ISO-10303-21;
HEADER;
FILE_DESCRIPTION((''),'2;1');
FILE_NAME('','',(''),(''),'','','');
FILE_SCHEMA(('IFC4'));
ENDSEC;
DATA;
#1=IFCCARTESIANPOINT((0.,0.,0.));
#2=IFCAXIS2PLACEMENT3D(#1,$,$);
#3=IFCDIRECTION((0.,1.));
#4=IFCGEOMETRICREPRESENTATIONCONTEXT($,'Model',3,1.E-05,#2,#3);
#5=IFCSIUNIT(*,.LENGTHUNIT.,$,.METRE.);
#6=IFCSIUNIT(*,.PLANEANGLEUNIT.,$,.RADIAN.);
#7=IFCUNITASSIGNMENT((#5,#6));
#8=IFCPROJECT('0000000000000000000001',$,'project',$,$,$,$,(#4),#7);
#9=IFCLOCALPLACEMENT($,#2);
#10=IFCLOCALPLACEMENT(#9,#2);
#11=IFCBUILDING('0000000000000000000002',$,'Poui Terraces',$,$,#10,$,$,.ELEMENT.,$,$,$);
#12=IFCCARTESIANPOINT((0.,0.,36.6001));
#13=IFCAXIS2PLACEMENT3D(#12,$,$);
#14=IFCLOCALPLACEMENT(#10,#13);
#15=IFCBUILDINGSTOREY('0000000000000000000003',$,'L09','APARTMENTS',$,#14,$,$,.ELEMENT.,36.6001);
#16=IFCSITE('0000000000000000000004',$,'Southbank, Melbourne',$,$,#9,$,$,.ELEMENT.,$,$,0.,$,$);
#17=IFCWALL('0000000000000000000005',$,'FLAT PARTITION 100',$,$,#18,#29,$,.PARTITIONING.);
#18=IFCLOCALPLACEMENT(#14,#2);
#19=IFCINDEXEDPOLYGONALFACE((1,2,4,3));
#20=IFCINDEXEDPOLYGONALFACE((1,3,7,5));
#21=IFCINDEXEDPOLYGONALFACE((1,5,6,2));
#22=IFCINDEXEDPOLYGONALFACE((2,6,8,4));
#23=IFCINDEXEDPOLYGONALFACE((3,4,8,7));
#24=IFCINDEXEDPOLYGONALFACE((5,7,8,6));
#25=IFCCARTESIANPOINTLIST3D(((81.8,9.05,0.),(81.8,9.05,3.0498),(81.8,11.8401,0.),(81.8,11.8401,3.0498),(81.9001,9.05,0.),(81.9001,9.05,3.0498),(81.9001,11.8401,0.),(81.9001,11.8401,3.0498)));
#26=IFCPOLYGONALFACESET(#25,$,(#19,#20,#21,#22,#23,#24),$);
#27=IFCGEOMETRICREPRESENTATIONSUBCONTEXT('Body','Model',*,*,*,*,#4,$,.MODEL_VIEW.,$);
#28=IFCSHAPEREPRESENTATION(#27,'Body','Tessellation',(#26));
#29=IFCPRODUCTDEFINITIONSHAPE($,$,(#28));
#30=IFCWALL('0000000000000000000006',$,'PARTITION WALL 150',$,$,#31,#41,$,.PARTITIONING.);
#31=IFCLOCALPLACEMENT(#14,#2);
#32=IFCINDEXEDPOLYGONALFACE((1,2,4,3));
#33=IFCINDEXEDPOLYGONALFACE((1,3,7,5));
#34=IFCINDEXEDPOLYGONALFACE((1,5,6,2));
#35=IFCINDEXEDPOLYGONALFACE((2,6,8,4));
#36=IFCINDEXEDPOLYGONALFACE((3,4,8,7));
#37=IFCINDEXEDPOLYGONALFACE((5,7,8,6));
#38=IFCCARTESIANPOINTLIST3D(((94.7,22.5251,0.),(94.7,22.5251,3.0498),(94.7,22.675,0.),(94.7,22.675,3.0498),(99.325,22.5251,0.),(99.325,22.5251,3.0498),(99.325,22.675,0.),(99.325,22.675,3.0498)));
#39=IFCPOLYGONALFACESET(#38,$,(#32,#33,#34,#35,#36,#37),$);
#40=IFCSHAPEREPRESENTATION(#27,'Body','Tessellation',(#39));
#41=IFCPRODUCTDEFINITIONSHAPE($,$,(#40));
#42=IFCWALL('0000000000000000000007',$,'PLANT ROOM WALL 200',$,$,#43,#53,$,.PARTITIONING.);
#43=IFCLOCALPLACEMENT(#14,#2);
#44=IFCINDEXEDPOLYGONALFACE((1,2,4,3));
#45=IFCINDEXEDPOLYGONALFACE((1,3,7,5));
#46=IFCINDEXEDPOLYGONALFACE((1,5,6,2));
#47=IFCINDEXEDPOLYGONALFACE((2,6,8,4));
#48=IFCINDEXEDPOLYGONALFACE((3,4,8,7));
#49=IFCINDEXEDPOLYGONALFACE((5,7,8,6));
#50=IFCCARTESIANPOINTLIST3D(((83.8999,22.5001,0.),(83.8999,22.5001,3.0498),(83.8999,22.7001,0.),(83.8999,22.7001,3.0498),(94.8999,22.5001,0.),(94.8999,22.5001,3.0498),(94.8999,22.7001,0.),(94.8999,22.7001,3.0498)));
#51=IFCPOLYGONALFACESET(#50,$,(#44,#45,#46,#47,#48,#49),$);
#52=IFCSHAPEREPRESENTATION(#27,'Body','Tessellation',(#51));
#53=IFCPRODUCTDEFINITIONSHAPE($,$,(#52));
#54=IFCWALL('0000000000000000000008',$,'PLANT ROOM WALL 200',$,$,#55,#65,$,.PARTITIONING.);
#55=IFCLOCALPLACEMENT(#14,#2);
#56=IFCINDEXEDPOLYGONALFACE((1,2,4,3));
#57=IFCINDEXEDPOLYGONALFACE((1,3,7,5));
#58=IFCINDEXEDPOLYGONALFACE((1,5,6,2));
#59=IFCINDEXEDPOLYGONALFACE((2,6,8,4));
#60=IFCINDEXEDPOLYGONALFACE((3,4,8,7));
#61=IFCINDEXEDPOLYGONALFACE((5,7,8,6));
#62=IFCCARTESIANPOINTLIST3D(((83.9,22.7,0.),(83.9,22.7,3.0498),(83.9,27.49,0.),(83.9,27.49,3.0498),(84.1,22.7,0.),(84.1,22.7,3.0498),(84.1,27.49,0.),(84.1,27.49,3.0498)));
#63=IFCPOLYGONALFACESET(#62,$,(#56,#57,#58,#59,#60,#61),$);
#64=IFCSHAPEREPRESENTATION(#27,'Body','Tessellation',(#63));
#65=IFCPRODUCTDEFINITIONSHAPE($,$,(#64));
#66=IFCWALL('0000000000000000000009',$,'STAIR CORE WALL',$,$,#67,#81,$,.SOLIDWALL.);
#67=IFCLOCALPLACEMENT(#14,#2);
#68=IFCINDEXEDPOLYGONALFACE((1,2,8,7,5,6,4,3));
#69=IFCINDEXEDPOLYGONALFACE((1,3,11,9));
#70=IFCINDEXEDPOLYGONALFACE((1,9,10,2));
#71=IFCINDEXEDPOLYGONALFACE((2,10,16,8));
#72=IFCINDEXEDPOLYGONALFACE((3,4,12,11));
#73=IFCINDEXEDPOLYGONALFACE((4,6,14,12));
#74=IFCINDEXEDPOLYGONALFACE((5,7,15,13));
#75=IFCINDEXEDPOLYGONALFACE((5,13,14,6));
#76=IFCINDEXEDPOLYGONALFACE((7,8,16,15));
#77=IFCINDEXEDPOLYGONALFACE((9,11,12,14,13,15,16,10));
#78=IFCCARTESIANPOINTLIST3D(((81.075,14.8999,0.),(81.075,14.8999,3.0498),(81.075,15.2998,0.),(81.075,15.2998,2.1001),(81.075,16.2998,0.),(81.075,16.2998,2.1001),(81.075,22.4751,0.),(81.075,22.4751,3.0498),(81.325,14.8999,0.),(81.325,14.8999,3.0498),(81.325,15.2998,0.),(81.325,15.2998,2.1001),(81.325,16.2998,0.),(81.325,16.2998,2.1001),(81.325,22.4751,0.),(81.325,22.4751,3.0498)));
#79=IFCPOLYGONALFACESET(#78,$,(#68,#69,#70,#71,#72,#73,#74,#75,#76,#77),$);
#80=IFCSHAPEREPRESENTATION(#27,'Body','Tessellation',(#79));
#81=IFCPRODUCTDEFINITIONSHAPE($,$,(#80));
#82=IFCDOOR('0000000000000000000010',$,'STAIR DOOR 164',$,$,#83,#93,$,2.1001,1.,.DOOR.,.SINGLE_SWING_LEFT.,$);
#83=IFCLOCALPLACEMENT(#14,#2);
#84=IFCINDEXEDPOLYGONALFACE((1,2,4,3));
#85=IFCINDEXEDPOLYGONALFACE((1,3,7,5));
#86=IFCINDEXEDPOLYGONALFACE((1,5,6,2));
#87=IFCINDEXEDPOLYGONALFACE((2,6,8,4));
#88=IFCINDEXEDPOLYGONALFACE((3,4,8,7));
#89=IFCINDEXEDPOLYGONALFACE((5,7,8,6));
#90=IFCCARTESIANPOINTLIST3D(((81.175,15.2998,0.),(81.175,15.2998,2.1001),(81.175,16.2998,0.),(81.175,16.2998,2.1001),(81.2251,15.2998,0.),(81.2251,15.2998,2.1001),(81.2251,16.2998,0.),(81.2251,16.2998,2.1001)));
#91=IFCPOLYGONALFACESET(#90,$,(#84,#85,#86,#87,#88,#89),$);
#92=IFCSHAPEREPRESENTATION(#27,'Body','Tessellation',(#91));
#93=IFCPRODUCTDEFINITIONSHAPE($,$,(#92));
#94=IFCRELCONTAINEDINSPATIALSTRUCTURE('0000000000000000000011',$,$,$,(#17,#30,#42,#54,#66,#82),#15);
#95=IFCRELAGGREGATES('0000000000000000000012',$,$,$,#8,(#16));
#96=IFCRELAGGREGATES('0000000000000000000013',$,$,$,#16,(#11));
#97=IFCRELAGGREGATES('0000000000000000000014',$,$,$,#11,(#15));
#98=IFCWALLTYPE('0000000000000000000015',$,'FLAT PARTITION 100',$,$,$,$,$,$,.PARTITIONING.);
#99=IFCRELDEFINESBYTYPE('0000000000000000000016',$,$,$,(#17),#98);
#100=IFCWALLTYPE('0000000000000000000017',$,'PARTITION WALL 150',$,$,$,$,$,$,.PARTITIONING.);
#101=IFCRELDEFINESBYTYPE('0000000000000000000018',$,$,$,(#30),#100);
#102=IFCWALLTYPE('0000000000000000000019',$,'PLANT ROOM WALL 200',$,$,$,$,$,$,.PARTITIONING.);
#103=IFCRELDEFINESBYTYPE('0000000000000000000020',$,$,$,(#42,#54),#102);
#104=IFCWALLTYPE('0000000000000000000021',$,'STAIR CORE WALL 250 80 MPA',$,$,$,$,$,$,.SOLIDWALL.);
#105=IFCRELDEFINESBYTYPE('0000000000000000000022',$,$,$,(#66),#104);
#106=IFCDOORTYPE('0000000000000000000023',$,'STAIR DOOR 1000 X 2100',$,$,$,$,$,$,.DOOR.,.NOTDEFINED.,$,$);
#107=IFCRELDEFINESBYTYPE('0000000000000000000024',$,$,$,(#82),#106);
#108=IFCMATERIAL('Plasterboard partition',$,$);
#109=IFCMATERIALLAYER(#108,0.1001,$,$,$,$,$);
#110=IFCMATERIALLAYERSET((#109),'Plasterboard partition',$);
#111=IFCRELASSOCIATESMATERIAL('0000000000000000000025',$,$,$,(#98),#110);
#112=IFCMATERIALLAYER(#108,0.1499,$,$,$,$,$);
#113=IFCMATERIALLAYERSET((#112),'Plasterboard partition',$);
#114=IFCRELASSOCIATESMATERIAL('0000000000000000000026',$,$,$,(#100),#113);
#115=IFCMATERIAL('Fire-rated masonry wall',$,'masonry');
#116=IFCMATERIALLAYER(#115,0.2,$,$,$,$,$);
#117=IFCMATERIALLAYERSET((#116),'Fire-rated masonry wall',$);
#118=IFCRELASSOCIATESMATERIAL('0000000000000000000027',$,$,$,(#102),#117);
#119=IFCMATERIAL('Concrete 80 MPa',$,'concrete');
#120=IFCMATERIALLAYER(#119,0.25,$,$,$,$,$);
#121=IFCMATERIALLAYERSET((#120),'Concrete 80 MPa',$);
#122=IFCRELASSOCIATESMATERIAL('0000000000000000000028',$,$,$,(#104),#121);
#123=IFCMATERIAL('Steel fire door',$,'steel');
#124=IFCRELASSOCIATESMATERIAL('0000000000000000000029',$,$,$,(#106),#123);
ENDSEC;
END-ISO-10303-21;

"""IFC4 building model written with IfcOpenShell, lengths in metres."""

from ifc_helpers import new_model, si_unit, direction, frame, frame_2d, origin, place, context, subcontext, project, spatial, rectangle, extrude, material, layer, layer_set, type_object, element, fill, save


model = new_model("IFC4")

# Units and contexts
model_context = context("Model", 3, precision=1e-05, world=origin(), true_north=direction((0.0, 1.0)))
body_context = subcontext(model_context, "Body", "Model", "MODEL_VIEW")
ifc_project = project(units=[si_unit("LENGTHUNIT", "METRE"), si_unit("PLANEANGLEUNIT", "RADIAN")], contexts=[model_context])

# Site, building, storey
site_placement = place(None, origin())
site = spatial("IfcSite", under=ifc_project, at=site_placement, Name="Southbank, Melbourne", CompositionType="ELEMENT", RefElevation=0.0)
building_placement = place(site_placement, origin())
building = spatial("IfcBuilding", under=site, at=building_placement, Name="Poui Terraces", CompositionType="ELEMENT")
storey_placement = place(building_placement, frame((0.0, 0.0, 36.6001)))
storey = spatial("IfcBuildingStorey", under=building, at=storey_placement, Name="L09", Description="APARTMENTS", CompositionType="ELEMENT", Elevation=36.6001)

# Shared definitions
ifc_material_1 = material(Name="Concrete 80 MPa", Category="concrete")

# Shared definitions
ifc_material_2 = material(Name="Steel fire door", Category="steel")
ifc_material_3 = material(Name="Plasterboard partition")
ifc_layer_1 = layer(ifc_material_3, 0.1001)
ifc_layer_set_1 = layer_set([ifc_layer_1], Name="Plasterboard partition")
wall_type_1 = type_object("IfcWallType", Name="FLAT PARTITION 100", PredefinedType="PARTITIONING", material=ifc_layer_set_1)

# Walls
wall_1_placement = place(storey_placement, frame((81.8501, 9.05, 0.0), z_axis=(0.0, 0.0, 1.0), x_axis=(0.0, 1.0, 0.0)))
element("IfcWall", 1, at=wall_1_placement, inside=storey, type_object=wall_type_1, Name="FLAT PARTITION 100", PredefinedType="PARTITIONING", context=body_context, shape_type="SweptSolid", body=[
    extrude(rectangle(XDim=2.79, YDim=0.1001, at=frame_2d((1.395, 0.0))), origin(), (0.0, 0.0, 1.0), 3.0498),
])
ifc_layer_2 = layer(ifc_material_3, 0.1499)
ifc_layer_set_2 = layer_set([ifc_layer_2], Name="Plasterboard partition")
wall_type_2 = type_object("IfcWallType", Name="PARTITION WALL 150", PredefinedType="PARTITIONING", material=ifc_layer_set_2)
wall_2_placement = place(storey_placement, frame((94.7, 22.6001, 0.0), z_axis=(0.0, 0.0, 1.0), x_axis=(1.0, 0.0, 0.0)))
element("IfcWall", 2, at=wall_2_placement, inside=storey, type_object=wall_type_2, Name="PARTITION WALL 150", PredefinedType="PARTITIONING", context=body_context, shape_type="SweptSolid", body=[
    extrude(rectangle(XDim=4.625, YDim=0.1499, at=frame_2d((2.3125, 0.0))), origin(), (0.0, 0.0, 1.0), 3.0498),
])
ifc_material_4 = material(Name="Fire-rated masonry wall", Category="masonry")
ifc_layer_3 = layer(ifc_material_4, 0.2)
ifc_layer_set_3 = layer_set([ifc_layer_3], Name="Fire-rated masonry wall")
wall_type_3 = type_object("IfcWallType", Name="PLANT ROOM WALL 200", PredefinedType="PARTITIONING", material=ifc_layer_set_3)
wall_3_placement = place(storey_placement, frame((83.8999, 22.6001, 0.0), z_axis=(0.0, 0.0, 1.0), x_axis=(1.0, 0.0, 0.0)))
element("IfcWall", 3, at=wall_3_placement, inside=storey, type_object=wall_type_3, Name="PLANT ROOM WALL 200", PredefinedType="PARTITIONING", context=body_context, shape_type="SweptSolid", body=[
    extrude(rectangle(XDim=11.0, YDim=0.2, at=frame_2d((5.5, 0.0))), origin(), (0.0, 0.0, 1.0), 3.0498),
])
wall_4_placement = place(storey_placement, frame((84.0, 22.7, 0.0), z_axis=(0.0, 0.0, 1.0), x_axis=(0.0, 1.0, 0.0)))
element("IfcWall", 4, at=wall_4_placement, inside=storey, type_object=wall_type_3, Name="PLANT ROOM WALL 200", PredefinedType="PARTITIONING", context=body_context, shape_type="SweptSolid", body=[
    extrude(rectangle(XDim=4.79, YDim=0.2, at=frame_2d((2.395, 0.0))), origin(), (0.0, 0.0, 1.0), 3.0498),
])

# Wall, opening, door
ifc_layer_4 = layer(ifc_material_1, 0.25)
ifc_layer_set_4 = layer_set([ifc_layer_4], Name="Concrete 80 MPa")
wall_type_4 = type_object("IfcWallType", Name="STAIR CORE WALL 250 80 MPA", PredefinedType="SOLIDWALL", material=ifc_layer_set_4)
wall_5_placement = place(storey_placement, frame((81.2, 14.8999, 0.0), z_axis=(0.0, 0.0, 1.0), x_axis=(0.0, 1.0, 0.0)))
wall_5 = element("IfcWall", 5, at=wall_5_placement, inside=storey, type_object=wall_type_4, Name="STAIR CORE WALL", PredefinedType="SOLIDWALL", context=body_context, shape_type="SweptSolid", body=[
    extrude(rectangle(XDim=7.5752, YDim=0.25, at=frame_2d((3.7876, 0.0))), origin(), (0.0, 0.0, 1.0), 3.0498),
])
opening_1_placement = place(wall_5_placement, frame((0.3999, 0.0, 0.0)))
opening_1 = element("IfcOpeningElement", 6, at=opening_1_placement, cuts=wall_5, PredefinedType="OPENING", context=body_context, shape_type="SweptSolid", body=[
    extrude(rectangle(XDim=1.0, YDim=2.1001, at=frame_2d((0.5, 1.05))), frame((0.0, 0.135, 0.0), z_axis=(0.0, -1.0, 0.0), x_axis=(1.0, 0.0, 0.0)), (0.0, 0.0, 1.0), 0.27),
])
door_type_1 = type_object("IfcDoorType", Name="STAIR DOOR 1000 X 2100", OperationType="NOTDEFINED", PredefinedType="DOOR", material=ifc_material_2)
door_1_placement = place(opening_1_placement, origin())
door_1 = element("IfcDoor", 7, at=door_1_placement, inside=storey, type_object=door_type_1, Name="STAIR DOOR 164", OperationType="SINGLE_SWING_LEFT", OverallHeight=2.1001, OverallWidth=1.0, PredefinedType="DOOR", context=body_context, shape_type="SweptSolid", body=[
    extrude(rectangle(XDim=1.0, YDim=2.1001, at=frame_2d((0.5, 1.05))), frame((0.0, 0.0249, 0.0), z_axis=(0.0, -1.0, 0.0), x_axis=(1.0, 0.0, 0.0)), (0.0, 0.0, 1.0), 0.05),
])
fill(opening_1, door_1)

save(model, "model.ifc")
